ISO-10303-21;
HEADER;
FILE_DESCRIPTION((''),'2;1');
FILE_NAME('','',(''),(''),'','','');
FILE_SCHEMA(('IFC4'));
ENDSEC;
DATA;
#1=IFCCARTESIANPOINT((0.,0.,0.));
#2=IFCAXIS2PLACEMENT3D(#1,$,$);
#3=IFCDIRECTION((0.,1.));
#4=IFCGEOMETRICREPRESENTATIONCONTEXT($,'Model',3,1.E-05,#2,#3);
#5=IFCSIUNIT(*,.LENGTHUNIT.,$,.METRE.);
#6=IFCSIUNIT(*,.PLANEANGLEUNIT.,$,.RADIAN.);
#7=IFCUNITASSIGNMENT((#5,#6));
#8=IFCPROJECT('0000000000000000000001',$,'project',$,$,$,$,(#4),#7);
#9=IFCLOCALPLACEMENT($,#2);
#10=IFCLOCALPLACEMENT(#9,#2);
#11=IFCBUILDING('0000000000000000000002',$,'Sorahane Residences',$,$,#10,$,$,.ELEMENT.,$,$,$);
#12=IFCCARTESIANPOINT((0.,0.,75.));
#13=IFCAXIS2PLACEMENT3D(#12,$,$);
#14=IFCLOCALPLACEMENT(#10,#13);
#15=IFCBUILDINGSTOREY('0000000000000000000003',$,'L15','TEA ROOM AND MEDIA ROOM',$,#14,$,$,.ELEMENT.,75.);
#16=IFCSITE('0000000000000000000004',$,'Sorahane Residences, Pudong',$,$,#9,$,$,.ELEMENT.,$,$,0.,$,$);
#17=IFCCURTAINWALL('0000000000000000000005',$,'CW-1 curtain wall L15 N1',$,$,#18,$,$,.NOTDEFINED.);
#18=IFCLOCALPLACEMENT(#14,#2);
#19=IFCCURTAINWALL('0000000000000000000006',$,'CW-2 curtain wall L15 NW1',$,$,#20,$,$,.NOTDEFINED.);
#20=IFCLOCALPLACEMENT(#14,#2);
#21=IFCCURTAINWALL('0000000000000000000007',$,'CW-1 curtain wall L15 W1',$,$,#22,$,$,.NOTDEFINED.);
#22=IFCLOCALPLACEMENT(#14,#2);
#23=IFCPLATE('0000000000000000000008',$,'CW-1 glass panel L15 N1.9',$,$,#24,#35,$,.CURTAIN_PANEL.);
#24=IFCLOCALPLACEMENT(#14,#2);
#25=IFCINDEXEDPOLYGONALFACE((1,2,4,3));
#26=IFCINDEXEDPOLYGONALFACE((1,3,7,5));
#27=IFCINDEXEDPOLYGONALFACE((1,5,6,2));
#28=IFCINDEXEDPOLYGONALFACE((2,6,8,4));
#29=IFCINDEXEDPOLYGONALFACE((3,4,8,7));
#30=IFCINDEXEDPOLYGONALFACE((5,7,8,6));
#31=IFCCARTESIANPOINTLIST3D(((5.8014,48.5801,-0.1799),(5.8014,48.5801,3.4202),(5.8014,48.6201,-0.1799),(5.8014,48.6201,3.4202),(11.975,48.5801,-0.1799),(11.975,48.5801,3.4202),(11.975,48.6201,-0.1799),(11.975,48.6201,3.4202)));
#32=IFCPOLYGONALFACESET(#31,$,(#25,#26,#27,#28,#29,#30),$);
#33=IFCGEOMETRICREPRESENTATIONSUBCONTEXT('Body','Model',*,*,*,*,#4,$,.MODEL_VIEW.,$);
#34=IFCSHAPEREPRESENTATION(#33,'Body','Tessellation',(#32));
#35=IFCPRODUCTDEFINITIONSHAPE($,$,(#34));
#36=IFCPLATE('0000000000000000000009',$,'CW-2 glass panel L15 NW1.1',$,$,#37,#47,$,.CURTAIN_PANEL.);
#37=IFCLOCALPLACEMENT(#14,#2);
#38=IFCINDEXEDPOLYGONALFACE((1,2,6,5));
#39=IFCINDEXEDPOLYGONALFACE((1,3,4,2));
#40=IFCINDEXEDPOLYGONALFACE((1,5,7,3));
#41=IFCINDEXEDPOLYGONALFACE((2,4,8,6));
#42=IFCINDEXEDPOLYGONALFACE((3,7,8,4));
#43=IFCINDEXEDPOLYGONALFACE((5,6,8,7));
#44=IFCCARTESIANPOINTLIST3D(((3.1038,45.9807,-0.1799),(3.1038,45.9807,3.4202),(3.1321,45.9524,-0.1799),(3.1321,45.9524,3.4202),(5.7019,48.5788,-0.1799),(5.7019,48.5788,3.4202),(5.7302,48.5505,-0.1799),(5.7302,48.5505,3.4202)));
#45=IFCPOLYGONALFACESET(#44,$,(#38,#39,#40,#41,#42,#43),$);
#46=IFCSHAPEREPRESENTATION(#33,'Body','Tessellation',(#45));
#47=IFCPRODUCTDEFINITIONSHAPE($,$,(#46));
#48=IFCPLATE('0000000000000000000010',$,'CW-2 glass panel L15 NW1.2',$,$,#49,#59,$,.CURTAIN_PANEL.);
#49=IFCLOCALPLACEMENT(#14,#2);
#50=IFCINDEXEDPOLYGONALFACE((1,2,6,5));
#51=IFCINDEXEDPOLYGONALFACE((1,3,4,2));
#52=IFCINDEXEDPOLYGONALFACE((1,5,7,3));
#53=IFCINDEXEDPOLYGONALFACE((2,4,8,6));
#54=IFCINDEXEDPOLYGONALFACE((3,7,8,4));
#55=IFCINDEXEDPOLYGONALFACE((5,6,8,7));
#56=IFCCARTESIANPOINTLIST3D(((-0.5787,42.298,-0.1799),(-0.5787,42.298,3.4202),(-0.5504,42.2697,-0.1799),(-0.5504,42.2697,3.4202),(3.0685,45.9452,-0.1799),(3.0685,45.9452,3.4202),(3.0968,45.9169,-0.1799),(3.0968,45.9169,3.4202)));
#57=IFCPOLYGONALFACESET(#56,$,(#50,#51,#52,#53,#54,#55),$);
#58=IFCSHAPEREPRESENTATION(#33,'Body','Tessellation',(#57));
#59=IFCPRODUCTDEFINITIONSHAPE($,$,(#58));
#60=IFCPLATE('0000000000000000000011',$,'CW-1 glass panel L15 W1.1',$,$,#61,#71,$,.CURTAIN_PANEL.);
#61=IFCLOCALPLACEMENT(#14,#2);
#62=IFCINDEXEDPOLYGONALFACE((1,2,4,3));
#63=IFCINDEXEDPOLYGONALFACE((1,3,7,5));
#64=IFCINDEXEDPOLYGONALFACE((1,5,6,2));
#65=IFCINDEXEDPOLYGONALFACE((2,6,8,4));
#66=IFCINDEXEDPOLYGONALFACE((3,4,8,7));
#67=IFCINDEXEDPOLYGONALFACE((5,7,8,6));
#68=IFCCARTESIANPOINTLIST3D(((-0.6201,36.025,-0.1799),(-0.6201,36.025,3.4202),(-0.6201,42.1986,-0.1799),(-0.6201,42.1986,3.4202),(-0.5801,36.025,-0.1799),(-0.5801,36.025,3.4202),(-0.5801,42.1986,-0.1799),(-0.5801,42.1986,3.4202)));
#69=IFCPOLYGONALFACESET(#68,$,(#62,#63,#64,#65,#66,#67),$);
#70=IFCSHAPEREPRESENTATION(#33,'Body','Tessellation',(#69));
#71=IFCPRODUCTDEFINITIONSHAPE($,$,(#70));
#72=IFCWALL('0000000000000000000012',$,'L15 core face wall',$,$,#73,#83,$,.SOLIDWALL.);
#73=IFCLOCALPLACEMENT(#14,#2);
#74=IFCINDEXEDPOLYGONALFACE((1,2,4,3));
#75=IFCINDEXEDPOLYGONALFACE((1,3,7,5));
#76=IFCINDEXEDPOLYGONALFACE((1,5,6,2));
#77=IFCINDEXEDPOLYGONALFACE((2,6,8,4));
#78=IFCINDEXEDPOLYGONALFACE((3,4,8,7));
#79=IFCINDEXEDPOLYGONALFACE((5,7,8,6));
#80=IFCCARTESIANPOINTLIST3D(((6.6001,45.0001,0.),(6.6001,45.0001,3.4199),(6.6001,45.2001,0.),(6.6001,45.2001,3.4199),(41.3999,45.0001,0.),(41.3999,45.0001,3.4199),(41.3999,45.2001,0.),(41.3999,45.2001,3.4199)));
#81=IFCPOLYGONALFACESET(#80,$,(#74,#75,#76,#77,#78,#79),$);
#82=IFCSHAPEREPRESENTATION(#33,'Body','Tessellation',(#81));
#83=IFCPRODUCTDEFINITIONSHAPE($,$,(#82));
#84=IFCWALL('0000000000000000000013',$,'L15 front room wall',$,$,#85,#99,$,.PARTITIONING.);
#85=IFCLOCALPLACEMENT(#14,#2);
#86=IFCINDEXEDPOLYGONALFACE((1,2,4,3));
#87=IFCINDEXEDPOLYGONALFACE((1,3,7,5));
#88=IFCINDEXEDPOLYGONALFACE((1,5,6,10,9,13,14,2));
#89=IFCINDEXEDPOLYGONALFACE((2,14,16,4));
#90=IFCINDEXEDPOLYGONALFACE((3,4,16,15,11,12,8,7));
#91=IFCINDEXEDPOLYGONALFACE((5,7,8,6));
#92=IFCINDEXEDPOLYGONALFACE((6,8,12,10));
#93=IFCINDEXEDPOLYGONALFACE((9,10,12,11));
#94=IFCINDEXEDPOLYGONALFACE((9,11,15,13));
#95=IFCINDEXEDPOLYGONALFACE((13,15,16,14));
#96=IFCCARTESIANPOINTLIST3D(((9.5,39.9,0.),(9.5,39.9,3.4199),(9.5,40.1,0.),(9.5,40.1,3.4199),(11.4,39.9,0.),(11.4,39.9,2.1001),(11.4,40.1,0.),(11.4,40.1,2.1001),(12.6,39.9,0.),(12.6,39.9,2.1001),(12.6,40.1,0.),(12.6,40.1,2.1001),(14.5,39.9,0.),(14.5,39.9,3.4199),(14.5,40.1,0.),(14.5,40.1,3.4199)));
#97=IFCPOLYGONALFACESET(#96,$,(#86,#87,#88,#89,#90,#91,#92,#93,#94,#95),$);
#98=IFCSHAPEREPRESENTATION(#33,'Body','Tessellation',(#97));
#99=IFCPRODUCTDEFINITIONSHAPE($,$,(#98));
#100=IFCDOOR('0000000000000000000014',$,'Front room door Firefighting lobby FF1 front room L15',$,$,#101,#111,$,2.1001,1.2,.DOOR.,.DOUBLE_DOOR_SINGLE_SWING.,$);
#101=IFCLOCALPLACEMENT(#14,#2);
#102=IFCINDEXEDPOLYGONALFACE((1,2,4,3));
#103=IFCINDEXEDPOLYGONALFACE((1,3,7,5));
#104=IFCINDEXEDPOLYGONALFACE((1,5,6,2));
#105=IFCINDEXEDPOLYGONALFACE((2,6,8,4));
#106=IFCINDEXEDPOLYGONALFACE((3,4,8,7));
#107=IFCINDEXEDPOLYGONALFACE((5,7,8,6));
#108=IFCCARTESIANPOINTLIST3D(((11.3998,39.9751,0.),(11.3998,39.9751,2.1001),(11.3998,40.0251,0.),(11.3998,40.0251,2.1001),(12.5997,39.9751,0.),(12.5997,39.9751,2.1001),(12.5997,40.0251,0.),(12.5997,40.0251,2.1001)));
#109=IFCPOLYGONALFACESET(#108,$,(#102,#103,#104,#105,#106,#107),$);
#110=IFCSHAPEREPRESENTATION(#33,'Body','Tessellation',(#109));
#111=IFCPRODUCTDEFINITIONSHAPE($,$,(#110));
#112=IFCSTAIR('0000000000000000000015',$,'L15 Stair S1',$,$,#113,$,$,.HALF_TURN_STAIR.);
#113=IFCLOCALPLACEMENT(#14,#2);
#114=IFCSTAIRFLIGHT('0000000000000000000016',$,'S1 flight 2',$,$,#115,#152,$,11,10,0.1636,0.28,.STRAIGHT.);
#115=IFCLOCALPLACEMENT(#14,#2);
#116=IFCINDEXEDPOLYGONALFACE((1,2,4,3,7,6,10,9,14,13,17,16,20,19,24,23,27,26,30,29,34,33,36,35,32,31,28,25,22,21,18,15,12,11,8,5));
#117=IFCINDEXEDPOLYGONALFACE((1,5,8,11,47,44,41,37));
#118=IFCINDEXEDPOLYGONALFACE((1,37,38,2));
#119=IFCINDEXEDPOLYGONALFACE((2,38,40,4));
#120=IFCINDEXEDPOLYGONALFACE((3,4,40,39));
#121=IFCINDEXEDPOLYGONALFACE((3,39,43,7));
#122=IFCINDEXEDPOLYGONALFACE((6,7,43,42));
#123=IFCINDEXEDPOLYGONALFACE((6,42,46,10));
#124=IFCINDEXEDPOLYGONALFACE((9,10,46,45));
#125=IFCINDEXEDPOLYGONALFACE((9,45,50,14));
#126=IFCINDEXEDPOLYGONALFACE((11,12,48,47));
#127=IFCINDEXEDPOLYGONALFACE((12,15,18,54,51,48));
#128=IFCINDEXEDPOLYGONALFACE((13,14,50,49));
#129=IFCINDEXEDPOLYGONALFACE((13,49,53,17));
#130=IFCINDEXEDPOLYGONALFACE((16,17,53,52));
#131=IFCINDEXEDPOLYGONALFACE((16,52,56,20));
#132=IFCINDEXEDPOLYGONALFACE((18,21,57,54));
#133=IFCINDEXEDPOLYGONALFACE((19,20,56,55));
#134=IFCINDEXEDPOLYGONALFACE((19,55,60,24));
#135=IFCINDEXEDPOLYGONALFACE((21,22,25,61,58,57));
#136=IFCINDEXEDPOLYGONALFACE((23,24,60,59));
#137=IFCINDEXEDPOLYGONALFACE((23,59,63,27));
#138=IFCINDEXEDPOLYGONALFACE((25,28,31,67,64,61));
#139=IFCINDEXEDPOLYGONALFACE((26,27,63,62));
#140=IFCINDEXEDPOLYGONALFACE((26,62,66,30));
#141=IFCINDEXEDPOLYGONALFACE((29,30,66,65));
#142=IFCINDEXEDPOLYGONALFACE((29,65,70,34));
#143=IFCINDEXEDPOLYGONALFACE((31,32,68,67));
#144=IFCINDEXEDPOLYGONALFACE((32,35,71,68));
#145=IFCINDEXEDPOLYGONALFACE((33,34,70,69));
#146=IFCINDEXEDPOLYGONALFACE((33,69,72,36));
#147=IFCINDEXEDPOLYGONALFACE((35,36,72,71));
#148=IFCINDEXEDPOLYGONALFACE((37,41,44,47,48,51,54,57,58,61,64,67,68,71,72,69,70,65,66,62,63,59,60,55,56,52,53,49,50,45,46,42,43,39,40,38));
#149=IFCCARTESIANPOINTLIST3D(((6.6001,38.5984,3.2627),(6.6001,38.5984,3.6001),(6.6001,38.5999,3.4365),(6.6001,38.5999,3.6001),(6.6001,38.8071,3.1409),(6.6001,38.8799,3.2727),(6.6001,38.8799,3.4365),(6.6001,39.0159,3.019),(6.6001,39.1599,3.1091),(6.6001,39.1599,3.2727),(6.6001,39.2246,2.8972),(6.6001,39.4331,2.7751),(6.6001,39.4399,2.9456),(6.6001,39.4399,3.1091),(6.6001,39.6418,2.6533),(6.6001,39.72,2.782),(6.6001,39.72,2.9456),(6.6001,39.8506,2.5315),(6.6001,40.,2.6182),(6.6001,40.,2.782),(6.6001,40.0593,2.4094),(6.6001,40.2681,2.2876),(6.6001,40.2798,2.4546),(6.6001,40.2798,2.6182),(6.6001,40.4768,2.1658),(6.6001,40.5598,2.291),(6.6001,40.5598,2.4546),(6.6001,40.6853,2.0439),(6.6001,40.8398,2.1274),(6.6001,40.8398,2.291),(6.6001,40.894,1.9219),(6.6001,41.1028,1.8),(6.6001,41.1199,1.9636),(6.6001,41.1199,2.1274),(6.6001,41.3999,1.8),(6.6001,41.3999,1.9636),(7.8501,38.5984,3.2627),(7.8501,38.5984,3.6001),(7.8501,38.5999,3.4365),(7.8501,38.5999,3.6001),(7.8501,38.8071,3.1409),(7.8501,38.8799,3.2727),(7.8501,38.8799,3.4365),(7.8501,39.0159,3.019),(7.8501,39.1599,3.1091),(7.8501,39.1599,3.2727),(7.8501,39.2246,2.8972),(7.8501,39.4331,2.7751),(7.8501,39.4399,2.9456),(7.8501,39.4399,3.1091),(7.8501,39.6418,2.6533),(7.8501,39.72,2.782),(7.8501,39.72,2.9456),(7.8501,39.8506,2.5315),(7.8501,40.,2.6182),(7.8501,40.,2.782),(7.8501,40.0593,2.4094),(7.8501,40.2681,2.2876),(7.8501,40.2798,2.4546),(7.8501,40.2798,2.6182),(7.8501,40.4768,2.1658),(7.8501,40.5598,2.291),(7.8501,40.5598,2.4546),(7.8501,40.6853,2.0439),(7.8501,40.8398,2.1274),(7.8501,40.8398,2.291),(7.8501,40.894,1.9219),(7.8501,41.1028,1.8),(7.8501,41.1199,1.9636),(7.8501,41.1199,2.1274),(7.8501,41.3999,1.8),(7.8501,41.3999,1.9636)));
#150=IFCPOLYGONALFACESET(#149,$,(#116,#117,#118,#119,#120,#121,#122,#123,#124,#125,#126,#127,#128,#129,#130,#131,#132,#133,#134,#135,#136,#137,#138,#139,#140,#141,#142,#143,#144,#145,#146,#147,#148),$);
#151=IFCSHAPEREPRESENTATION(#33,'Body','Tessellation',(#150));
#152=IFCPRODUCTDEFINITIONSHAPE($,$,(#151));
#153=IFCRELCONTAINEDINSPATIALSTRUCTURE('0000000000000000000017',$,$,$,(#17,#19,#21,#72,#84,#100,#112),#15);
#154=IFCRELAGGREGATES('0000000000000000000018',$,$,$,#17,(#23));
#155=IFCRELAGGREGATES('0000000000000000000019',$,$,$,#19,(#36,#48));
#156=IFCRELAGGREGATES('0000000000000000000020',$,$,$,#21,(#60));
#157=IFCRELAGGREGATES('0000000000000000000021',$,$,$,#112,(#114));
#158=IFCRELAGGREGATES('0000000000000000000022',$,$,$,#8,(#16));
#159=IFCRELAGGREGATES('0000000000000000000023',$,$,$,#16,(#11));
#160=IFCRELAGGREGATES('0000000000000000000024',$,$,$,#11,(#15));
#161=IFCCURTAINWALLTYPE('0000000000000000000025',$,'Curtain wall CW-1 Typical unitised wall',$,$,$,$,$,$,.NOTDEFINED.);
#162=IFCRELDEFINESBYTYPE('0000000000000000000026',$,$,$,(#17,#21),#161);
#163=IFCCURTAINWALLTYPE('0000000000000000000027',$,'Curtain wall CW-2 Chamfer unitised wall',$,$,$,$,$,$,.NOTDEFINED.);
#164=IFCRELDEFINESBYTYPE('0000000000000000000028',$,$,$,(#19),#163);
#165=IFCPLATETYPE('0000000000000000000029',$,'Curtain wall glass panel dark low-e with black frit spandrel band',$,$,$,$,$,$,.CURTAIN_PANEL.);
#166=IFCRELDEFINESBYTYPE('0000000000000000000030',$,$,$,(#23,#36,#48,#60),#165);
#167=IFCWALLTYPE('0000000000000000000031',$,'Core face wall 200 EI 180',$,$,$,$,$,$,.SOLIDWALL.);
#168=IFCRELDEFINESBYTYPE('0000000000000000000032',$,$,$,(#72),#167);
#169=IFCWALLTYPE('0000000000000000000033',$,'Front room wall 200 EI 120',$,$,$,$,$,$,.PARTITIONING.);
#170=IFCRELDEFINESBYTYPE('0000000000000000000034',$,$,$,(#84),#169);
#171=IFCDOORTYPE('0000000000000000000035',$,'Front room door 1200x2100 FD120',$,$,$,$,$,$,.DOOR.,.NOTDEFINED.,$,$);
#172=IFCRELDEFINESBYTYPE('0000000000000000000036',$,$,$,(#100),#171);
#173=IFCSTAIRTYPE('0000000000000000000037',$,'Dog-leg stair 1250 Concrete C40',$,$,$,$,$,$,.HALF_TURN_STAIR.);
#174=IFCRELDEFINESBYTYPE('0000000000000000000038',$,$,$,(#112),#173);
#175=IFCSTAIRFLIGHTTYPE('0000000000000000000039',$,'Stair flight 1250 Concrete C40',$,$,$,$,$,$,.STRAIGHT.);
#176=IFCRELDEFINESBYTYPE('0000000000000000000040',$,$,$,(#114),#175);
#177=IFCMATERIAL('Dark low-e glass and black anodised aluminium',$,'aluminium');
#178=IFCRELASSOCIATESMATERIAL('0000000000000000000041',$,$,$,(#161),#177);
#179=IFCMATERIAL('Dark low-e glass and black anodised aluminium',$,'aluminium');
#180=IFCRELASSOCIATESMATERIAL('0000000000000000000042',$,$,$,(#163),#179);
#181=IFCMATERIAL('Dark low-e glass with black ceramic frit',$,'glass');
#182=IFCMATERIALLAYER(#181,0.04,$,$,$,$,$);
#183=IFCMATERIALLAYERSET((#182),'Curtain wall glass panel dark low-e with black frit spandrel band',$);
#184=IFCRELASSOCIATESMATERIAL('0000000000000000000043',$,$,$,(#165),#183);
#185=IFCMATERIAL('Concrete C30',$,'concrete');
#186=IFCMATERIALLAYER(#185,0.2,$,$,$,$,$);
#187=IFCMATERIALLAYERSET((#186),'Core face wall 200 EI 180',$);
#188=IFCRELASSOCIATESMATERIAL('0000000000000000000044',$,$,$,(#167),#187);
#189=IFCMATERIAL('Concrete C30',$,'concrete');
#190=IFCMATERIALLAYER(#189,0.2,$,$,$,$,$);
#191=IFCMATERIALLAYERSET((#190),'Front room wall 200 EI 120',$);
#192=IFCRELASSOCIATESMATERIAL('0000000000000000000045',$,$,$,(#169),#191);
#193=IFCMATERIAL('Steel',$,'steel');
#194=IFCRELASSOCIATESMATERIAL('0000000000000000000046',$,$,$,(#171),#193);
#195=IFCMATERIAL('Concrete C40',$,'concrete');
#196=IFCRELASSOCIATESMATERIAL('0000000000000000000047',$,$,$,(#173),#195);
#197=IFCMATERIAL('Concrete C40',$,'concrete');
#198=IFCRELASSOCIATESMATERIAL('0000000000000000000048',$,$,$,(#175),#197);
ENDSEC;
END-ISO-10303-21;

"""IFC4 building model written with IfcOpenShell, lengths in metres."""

from ifc_helpers import new_model, si_unit, direction, frame, frame_2d, origin, origin_2d, place, context, subcontext, project, spatial, polyline, rectangle, outline, extrude, material, layer, layer_set, type_object, element, fill, aggregate, save


model = new_model("IFC4")

# Units and contexts
model_context = context("Model", 3, precision=1e-05, world=origin(), true_north=direction((0.0, 1.0)))
body_context = subcontext(model_context, "Body", "Model", "MODEL_VIEW")
ifc_project = project(units=[si_unit("LENGTHUNIT", "METRE"), si_unit("PLANEANGLEUNIT", "RADIAN")], contexts=[model_context])

# Site, building, storey
site_placement = place(None, origin())
site = spatial("IfcSite", under=ifc_project, at=site_placement, Name="Sorahane Residences, Pudong", CompositionType="ELEMENT", RefElevation=0.0)
building_placement = place(site_placement, origin())
building = spatial("IfcBuilding", under=site, at=building_placement, Name="Sorahane Residences", CompositionType="ELEMENT")
storey_placement = place(building_placement, frame((0.0, 0.0, 75.0)))
storey = spatial("IfcBuildingStorey", under=building, at=storey_placement, Name="L15", Description="TEA ROOM AND MEDIA ROOM", CompositionType="ELEMENT", Elevation=75.0)

# Curtain wall
ifc_material_1 = material(Name="Dark low-e glass and black anodised aluminium", Category="aluminium")
curtain_wall_type_1 = type_object("IfcCurtainWallType", Name="Curtain wall CW-1 Typical unitised wall", PredefinedType="NOTDEFINED", material=ifc_material_1)
curtain_wall_1_placement = place(storey_placement, origin())
curtain_wall_1 = element("IfcCurtainWall", 1, at=curtain_wall_1_placement, inside=storey, type_object=curtain_wall_type_1, Name="CW-1 curtain wall L15 N1", PredefinedType="NOTDEFINED")

# Curtain wall
ifc_material_2 = material(Name="Dark low-e glass and black anodised aluminium", Category="aluminium")
curtain_wall_type_2 = type_object("IfcCurtainWallType", Name="Curtain wall CW-2 Chamfer unitised wall", PredefinedType="NOTDEFINED", material=ifc_material_2)
curtain_wall_2_placement = place(storey_placement, origin())
curtain_wall_2 = element("IfcCurtainWall", 2, at=curtain_wall_2_placement, inside=storey, type_object=curtain_wall_type_2, Name="CW-2 curtain wall L15 NW1", PredefinedType="NOTDEFINED")

# Curtain wall
curtain_wall_3_placement = place(storey_placement, origin())
curtain_wall_3 = element("IfcCurtainWall", 3, at=curtain_wall_3_placement, inside=storey, type_object=curtain_wall_type_1, Name="CW-1 curtain wall L15 W1", PredefinedType="NOTDEFINED")

# Plates
ifc_material_3 = material(Name="Dark low-e glass with black ceramic frit", Category="glass")
ifc_layer_1 = layer(ifc_material_3, 0.04)
ifc_layer_set_1 = layer_set([ifc_layer_1], Name="Curtain wall glass panel dark low-e with black frit spandrel band")
plate_type = type_object("IfcPlateType", Name="Curtain wall glass panel dark low-e with black frit spandrel band", PredefinedType="CURTAIN_PANEL", material=ifc_layer_set_1)
plate_1_placement = place(storey_placement, frame((8.8882, 48.6001, -0.1799), z_axis=(0.0, 0.0, 1.0), x_axis=(-1.0, 0.0, 0.0)))
plate_1 = element("IfcPlate", 4, at=plate_1_placement, type_object=plate_type, Name="CW-1 glass panel L15 N1.9", PredefinedType="CURTAIN_PANEL", context=body_context, shape_type="SweptSolid", body=[
    extrude(rectangle(XDim=6.1736, YDim=0.04, at=origin_2d()), origin(), (0.0, 0.0, 1.0), 3.6001),
])
aggregate(curtain_wall_1, [plate_1])
plate_2_placement = place(storey_placement, frame((4.417, 47.2656, -0.1799), z_axis=(0.0, 0.0, 1.0), x_axis=(-0.707107, -0.707107, 0.0)))
plate_2 = element("IfcPlate", 5, at=plate_2_placement, type_object=plate_type, Name="CW-2 glass panel L15 NW1.1", PredefinedType="CURTAIN_PANEL", context=body_context, shape_type="SweptSolid", body=[
    extrude(rectangle(XDim=3.6743, YDim=0.04, at=origin_2d()), origin(), (0.0, 0.0, 1.0), 3.6001),
])
plate_3_placement = place(storey_placement, frame((1.259, 44.1074, -0.1799), z_axis=(0.0, 0.0, 1.0), x_axis=(-0.707107, -0.707107, 0.0)))
plate_3 = element("IfcPlate", 6, at=plate_3_placement, type_object=plate_type, Name="CW-2 glass panel L15 NW1.2", PredefinedType="CURTAIN_PANEL", context=body_context, shape_type="SweptSolid", body=[
    extrude(rectangle(XDim=5.158, YDim=0.04, at=origin_2d()), origin(), (0.0, 0.0, 1.0), 3.6001),
])
aggregate(curtain_wall_2, [plate_2, plate_3])
plate_4_placement = place(storey_placement, frame((-0.6001, 39.1118, -0.1799), z_axis=(0.0, 0.0, 1.0), x_axis=(0.0, -1.0, 0.0)))
plate_4 = element("IfcPlate", 7, at=plate_4_placement, type_object=plate_type, Name="CW-1 glass panel L15 W1.1", PredefinedType="CURTAIN_PANEL", context=body_context, shape_type="SweptSolid", body=[
    extrude(rectangle(XDim=6.1736, YDim=0.04, at=origin_2d()), origin(), (0.0, 0.0, 1.0), 3.6001),
])
aggregate(curtain_wall_3, [plate_4])

# Wall
ifc_material_4 = material(Name="Concrete C30", Category="concrete")
ifc_layer_2 = layer(ifc_material_4, 0.2)
ifc_layer_set_2 = layer_set([ifc_layer_2], Name="Core face wall 200 EI 180")
wall_type_1 = type_object("IfcWallType", Name="Core face wall 200 EI 180", PredefinedType="SOLIDWALL", material=ifc_layer_set_2)
wall_1_placement = place(storey_placement, frame((6.6001, 45.1001, 0.0), z_axis=(0.0, 0.0, 1.0), x_axis=(1.0, 0.0, 0.0)))
element("IfcWall", 8, at=wall_1_placement, inside=storey, type_object=wall_type_1, Name="L15 core face wall", PredefinedType="SOLIDWALL", context=body_context, shape_type="SweptSolid", body=[
    extrude(rectangle(XDim=34.7998, YDim=0.2, at=frame_2d((17.3999, 0.0))), origin(), (0.0, 0.0, 1.0), 3.4199),
])

# Wall, opening, door
ifc_material_5 = material(Name="Concrete C30", Category="concrete")
ifc_layer_3 = layer(ifc_material_5, 0.2)
ifc_layer_set_3 = layer_set([ifc_layer_3], Name="Front room wall 200 EI 120")
wall_type_2 = type_object("IfcWallType", Name="Front room wall 200 EI 120", PredefinedType="PARTITIONING", material=ifc_layer_set_3)
wall_2_placement = place(storey_placement, frame((9.5, 40.0, 0.0), z_axis=(0.0, 0.0, 1.0), x_axis=(1.0, 0.0, 0.0)))
wall_2 = element("IfcWall", 9, at=wall_2_placement, inside=storey, type_object=wall_type_2, Name="L15 front room wall", PredefinedType="PARTITIONING", context=body_context, shape_type="SweptSolid", body=[
    extrude(rectangle(XDim=5.0, YDim=0.2, at=frame_2d((2.5, 0.0))), origin(), (0.0, 0.0, 1.0), 3.4199),
])
opening_placement = place(wall_2_placement, frame((1.8999, 0.0, 0.0)))
opening = element("IfcOpeningElement", 10, at=opening_placement, cuts=wall_2, PredefinedType="OPENING", context=body_context, shape_type="SweptSolid", body=[
    extrude(rectangle(XDim=1.2, YDim=2.1001, at=frame_2d((0.6001, 1.05))), frame((0.0, 0.1099, 0.0), z_axis=(0.0, -1.0, 0.0), x_axis=(1.0, 0.0, 0.0)), (0.0, 0.0, 1.0), 0.22),
])
ifc_material_6 = material(Name="Steel", Category="steel")
door_type = type_object("IfcDoorType", Name="Front room door 1200x2100 FD120", OperationType="NOTDEFINED", PredefinedType="DOOR", material=ifc_material_6)
door_placement = place(opening_placement, frame((1.2, 0.0, 0.0), z_axis=(0.0, 0.0, 1.0), x_axis=(-1.0, 0.0, 0.0)))
door = element("IfcDoor", 11, at=door_placement, inside=storey, type_object=door_type, Name="Front room door Firefighting lobby FF1 front room L15", OperationType="DOUBLE_DOOR_SINGLE_SWING", OverallHeight=2.1001, OverallWidth=1.2, PredefinedType="DOOR", context=body_context, shape_type="SweptSolid", body=[
    extrude(rectangle(XDim=1.2, YDim=2.1001, at=frame_2d((0.6001, 1.05))), frame((0.0, 0.0249, 0.0), z_axis=(0.0, -1.0, 0.0), x_axis=(1.0, 0.0, 0.0)), (0.0, 0.0, 1.0), 0.05),
])
fill(opening, door)

# Stair, stair flight
ifc_material_7 = material(Name="Concrete C40", Category="concrete")
stair_type = type_object("IfcStairType", Name="Dog-leg stair 1250 Concrete C40", PredefinedType="HALF_TURN_STAIR", material=ifc_material_7)
stair_placement = place(storey_placement, origin())
stair = element("IfcStair", 12, at=stair_placement, inside=storey, type_object=stair_type, Name="L15 Stair S1", PredefinedType="HALF_TURN_STAIR")
ifc_material_8 = material(Name="Concrete C40", Category="concrete")
stair_flight_type = type_object("IfcStairFlightType", Name="Stair flight 1250 Concrete C40", PredefinedType="STRAIGHT", material=ifc_material_8)
stair_flight_placement = place(storey_placement, frame((7.2251, 41.3999, 1.8), z_axis=(0.0, 0.0, 1.0), x_axis=(0.0, -1.0, 0.0)))
stair_flight = element("IfcStairFlight", 13, at=stair_flight_placement, type_object=stair_flight_type, Name="S1 flight 2", NumberOfRisers=11, NumberOfTreads=10, PredefinedType="STRAIGHT", RiserHeight=0.1636, TreadLength=0.28, context=body_context, shape_type="SweptSolid", body=[
    extrude(outline(polyline([(0.0, 0.0), (0.0, 0.1636), (0.28, 0.1636), (0.28, 0.3274), (0.5601, 0.3274), (0.5601, 0.491), (0.8401, 0.491), (0.8401, 0.6545), (1.1201, 0.6545), (1.1201, 0.8181), (1.3999, 0.8181), (1.3999, 0.9819), (1.6799, 0.9819), (1.6799, 1.1455), (1.96, 1.1455), (1.96, 1.3091), (2.24, 1.3091), (2.24, 1.4727), (2.52, 1.4727), (2.52, 1.6365), (2.8, 1.6365), (2.8, 1.8), (2.8015, 1.8), (2.8015, 1.4626), (2.5928, 1.3408), (2.384, 1.219), (2.1753, 1.0972), (1.9668, 0.9751), (1.7581, 0.8533), (1.5493, 0.7314), (1.3406, 0.6094), (1.1318, 0.4875), (0.9231, 0.3657), (0.7146, 0.2439), (0.5059, 0.1218), (0.2971, 0.0), (0.0, 0.0)])), frame((0.0, 0.625, 0.0), z_axis=(0.0, -1.0, 0.0), x_axis=(1.0, 0.0, 0.0)), (0.0, 0.0, 1.0), 1.25),
])
aggregate(stair, [stair_flight])

save(model, "model.ifc")
